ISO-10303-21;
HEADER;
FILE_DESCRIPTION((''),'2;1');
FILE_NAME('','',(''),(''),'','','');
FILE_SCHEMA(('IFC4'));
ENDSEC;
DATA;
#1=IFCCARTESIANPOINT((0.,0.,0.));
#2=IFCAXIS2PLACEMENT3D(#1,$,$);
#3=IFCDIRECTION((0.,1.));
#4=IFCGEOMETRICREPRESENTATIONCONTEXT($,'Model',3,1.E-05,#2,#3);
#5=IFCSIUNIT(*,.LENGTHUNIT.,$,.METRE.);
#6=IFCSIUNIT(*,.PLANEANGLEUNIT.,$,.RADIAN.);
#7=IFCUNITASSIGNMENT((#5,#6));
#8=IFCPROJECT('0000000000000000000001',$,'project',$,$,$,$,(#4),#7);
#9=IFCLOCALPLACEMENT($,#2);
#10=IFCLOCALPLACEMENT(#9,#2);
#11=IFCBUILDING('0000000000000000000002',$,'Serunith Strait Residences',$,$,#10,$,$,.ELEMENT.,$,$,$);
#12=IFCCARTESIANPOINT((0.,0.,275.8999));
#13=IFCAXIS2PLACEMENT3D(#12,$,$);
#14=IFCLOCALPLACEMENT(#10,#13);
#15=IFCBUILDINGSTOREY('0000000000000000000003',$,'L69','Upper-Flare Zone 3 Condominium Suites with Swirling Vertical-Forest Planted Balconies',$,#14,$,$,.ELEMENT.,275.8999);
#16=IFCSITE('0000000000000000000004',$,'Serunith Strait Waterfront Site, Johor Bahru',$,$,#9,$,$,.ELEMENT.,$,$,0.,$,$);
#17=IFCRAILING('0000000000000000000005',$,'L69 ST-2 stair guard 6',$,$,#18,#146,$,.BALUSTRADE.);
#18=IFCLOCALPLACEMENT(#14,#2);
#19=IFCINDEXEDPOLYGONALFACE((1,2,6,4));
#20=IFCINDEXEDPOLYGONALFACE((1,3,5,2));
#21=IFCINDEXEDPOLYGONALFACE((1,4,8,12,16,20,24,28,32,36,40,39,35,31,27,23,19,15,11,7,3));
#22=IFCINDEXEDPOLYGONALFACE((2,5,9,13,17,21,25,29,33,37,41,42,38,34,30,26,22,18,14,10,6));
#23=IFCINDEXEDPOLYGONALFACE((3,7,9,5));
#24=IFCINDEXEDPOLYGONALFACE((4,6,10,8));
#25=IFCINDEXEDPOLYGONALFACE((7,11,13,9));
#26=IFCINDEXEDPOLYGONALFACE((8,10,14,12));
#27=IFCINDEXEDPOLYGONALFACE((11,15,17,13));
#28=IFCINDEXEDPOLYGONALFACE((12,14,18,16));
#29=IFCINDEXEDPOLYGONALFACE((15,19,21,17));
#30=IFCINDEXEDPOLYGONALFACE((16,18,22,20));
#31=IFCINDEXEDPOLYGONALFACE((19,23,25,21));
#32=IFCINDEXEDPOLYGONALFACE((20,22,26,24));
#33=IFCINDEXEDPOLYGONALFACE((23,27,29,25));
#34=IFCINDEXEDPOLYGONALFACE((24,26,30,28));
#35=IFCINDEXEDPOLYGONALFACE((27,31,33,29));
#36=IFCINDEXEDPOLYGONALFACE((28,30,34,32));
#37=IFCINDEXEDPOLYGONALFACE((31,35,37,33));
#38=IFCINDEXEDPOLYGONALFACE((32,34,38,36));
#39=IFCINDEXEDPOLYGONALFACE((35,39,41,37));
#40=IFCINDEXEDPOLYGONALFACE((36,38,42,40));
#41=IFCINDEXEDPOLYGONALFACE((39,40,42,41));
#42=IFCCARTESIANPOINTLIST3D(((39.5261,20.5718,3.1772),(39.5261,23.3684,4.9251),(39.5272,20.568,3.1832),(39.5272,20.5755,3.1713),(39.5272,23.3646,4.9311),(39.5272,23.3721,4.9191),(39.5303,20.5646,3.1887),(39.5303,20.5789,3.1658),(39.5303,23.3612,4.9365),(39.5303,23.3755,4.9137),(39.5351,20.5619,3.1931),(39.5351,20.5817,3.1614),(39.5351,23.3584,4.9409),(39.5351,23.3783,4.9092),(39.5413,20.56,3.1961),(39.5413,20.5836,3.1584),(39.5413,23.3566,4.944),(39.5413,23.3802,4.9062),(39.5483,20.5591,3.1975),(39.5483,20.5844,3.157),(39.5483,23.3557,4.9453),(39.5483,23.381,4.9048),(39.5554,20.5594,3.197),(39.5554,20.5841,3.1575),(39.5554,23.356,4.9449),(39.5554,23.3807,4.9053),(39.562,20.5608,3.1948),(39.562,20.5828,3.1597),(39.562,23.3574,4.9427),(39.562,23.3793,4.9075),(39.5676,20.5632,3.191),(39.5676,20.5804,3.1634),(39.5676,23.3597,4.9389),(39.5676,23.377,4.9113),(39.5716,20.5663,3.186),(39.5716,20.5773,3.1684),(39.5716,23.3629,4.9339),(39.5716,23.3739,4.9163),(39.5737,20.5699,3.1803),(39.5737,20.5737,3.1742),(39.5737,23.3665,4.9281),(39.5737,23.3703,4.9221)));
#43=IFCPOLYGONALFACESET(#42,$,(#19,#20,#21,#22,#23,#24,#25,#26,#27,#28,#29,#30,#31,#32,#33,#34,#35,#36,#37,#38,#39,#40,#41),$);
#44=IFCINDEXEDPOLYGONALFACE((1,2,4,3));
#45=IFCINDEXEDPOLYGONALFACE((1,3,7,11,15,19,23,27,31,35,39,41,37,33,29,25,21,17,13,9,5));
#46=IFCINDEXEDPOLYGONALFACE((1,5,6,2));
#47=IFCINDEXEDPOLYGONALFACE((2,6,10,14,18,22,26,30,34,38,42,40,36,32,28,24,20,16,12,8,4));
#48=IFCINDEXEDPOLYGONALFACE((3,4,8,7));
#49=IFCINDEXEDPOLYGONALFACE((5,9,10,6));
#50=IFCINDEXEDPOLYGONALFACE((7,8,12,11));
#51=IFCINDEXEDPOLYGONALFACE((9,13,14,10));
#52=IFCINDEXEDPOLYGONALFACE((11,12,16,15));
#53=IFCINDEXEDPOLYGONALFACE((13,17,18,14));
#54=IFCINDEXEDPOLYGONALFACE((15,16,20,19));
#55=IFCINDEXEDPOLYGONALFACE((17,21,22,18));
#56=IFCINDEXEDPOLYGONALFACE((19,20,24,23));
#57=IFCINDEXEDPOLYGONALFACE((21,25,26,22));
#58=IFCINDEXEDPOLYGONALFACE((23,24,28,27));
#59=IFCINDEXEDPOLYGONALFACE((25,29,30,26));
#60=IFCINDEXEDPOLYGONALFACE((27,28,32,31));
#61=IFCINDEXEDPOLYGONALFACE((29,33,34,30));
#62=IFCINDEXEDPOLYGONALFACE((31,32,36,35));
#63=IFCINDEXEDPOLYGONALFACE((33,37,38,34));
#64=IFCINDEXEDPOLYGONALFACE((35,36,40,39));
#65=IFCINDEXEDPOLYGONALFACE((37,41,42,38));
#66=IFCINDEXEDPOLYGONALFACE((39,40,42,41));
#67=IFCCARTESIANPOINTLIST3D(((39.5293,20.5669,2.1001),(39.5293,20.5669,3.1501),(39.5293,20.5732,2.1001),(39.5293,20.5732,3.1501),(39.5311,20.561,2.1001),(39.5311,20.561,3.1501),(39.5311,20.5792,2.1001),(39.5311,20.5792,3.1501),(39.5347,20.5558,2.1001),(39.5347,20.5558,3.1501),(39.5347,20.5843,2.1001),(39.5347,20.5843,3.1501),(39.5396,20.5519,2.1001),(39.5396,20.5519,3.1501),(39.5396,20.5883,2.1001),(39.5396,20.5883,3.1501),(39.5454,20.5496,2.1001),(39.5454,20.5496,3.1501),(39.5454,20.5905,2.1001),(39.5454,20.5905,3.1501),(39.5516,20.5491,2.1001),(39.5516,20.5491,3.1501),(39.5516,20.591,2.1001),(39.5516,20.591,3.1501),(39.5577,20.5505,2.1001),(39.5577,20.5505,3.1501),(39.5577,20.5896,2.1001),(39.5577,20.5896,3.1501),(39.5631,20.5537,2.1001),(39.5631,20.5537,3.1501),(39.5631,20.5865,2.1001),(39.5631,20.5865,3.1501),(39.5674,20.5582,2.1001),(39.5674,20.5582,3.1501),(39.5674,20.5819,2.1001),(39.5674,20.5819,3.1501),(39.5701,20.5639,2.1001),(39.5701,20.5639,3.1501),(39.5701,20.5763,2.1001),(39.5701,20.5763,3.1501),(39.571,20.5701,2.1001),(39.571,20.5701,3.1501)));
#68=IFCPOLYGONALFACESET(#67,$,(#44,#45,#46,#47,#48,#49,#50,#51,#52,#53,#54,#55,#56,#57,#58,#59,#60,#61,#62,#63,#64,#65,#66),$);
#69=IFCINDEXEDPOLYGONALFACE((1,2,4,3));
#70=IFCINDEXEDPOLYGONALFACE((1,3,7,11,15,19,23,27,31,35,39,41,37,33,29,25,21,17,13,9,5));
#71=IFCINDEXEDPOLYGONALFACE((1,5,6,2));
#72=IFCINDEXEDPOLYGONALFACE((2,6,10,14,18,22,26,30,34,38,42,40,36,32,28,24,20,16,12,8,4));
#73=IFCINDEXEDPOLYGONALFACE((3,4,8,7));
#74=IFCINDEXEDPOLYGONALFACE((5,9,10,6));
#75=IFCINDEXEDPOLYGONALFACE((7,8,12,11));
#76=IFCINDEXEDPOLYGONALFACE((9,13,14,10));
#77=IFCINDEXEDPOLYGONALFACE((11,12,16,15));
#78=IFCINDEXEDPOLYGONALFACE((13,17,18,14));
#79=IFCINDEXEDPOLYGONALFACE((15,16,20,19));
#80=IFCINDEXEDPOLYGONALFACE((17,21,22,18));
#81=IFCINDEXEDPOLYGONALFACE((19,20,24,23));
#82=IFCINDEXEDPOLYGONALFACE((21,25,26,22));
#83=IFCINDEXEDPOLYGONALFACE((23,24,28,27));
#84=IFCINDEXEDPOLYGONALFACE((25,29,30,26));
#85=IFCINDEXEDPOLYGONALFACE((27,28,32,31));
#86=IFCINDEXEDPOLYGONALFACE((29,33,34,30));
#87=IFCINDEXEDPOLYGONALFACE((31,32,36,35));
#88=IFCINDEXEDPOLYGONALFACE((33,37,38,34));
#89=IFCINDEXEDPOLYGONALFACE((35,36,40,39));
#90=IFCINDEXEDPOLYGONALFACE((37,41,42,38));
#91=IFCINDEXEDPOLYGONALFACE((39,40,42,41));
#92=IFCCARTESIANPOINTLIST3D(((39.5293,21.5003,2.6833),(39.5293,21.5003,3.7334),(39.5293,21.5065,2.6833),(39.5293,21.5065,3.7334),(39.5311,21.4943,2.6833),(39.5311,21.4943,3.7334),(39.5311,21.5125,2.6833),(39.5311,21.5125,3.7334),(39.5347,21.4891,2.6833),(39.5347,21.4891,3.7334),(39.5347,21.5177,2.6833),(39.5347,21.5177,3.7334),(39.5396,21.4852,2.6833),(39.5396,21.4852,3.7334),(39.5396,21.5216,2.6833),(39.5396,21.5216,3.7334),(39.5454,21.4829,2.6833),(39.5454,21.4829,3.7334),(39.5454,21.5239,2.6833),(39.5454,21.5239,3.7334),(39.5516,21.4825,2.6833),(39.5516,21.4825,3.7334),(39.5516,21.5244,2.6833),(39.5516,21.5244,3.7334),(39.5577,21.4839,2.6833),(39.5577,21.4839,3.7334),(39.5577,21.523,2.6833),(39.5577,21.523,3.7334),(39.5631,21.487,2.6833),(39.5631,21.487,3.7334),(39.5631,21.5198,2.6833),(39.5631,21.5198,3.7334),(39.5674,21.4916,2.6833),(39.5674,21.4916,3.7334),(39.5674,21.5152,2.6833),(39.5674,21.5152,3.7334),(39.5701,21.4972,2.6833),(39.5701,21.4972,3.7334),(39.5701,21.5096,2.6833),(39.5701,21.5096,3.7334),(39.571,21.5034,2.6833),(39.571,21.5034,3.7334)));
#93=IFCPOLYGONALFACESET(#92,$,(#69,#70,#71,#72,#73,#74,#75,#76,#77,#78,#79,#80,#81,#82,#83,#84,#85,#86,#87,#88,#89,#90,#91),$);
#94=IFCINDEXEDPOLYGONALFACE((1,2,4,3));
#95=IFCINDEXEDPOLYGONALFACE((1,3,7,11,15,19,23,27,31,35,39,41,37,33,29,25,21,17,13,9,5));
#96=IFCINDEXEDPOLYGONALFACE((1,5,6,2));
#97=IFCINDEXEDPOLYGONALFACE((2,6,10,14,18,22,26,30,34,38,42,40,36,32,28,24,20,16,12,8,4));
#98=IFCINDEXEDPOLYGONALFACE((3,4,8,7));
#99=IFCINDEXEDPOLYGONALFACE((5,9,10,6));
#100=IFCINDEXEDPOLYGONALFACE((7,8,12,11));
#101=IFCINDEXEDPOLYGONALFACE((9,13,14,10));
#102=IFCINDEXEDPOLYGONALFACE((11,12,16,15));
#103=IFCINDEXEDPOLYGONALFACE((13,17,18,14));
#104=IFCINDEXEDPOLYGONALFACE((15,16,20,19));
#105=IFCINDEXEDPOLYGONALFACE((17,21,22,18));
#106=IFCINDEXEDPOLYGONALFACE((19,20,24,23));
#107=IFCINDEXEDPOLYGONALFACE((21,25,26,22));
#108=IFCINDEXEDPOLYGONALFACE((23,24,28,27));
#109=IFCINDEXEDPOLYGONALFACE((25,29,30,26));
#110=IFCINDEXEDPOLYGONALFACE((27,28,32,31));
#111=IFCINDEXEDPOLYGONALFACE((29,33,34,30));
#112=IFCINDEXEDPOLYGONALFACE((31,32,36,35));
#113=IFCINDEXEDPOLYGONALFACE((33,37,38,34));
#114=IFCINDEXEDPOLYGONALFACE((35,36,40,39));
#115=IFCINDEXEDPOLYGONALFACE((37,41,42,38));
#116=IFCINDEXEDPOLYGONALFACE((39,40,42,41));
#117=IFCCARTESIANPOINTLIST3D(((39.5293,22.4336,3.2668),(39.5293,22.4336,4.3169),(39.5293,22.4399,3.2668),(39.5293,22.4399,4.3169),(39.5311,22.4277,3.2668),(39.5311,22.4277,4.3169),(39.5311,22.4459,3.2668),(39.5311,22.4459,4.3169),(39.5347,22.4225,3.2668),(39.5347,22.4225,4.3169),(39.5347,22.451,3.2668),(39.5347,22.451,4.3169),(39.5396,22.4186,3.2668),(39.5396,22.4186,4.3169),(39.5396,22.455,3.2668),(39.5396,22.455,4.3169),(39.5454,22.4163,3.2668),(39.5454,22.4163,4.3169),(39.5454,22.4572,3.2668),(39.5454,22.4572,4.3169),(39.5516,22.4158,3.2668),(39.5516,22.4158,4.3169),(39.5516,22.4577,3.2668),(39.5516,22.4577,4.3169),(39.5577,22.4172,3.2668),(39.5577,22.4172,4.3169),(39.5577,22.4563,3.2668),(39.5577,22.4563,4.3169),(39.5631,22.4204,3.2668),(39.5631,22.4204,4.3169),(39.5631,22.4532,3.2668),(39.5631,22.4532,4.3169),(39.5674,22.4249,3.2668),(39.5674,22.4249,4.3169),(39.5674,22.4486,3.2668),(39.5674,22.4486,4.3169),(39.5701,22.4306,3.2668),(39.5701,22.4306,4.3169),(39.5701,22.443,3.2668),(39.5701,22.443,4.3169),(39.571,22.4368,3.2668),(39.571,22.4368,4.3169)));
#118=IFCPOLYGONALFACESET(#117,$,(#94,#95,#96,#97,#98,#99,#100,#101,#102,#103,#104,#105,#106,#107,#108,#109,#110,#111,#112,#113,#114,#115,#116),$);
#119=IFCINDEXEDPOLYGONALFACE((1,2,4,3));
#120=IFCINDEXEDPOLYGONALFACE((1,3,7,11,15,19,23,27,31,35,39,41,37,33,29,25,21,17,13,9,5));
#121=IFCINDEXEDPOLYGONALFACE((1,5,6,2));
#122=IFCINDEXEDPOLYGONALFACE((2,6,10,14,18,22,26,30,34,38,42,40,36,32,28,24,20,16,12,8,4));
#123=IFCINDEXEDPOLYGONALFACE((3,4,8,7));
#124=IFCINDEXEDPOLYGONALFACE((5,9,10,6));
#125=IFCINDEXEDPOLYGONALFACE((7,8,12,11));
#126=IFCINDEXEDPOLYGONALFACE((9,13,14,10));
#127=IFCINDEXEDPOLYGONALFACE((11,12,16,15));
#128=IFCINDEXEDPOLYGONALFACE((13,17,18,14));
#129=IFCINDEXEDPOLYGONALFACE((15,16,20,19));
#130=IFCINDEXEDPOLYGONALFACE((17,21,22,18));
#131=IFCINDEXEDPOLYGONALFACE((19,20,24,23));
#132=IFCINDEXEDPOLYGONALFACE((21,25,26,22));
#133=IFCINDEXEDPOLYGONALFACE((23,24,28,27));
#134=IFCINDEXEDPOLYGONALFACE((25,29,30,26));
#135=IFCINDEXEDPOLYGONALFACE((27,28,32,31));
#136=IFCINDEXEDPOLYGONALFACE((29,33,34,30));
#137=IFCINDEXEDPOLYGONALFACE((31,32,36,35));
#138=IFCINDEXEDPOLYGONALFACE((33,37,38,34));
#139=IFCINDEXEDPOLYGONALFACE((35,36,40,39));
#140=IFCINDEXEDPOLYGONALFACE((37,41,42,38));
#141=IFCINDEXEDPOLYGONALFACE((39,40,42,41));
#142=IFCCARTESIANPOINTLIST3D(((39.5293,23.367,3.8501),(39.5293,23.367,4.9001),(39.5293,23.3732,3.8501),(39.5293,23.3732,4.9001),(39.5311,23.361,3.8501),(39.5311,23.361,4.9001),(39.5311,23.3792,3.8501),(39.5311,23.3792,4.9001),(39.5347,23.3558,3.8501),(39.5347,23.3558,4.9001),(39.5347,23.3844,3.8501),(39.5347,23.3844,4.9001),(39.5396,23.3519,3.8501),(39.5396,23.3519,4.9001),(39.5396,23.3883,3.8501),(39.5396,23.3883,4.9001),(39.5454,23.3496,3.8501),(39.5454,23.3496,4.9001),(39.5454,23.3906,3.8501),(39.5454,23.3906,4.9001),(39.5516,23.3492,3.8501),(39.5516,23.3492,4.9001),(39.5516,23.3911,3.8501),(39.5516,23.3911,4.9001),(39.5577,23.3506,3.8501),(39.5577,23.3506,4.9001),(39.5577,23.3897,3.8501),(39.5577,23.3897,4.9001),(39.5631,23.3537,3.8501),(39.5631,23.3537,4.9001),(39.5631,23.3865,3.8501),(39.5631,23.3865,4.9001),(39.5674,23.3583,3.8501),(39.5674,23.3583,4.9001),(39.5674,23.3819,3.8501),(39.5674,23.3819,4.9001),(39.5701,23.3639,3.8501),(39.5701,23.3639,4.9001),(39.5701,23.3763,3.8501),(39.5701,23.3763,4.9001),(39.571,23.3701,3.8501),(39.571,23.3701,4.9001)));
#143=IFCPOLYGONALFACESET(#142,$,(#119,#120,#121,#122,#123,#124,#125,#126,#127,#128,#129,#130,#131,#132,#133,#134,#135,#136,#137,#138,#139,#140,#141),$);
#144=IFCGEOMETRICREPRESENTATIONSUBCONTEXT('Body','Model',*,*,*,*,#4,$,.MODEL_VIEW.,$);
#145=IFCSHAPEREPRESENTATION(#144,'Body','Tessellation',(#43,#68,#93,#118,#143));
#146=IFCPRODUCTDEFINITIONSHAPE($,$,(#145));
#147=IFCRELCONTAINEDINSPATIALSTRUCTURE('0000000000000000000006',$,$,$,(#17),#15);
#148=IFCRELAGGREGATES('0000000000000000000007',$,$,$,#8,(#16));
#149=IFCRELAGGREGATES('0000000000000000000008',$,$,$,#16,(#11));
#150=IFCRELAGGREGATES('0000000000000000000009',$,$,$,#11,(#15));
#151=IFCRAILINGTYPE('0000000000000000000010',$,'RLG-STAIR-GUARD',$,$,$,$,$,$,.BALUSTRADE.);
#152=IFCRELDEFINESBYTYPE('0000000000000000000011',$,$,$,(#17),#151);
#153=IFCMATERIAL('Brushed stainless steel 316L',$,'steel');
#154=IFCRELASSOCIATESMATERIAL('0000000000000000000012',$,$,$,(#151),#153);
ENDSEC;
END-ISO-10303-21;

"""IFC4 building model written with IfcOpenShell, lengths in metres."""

from ifc_helpers import new_model, si_unit, direction, frame, origin, origin_2d, place, context, subcontext, project, spatial, circle, extrude, material, type_object, element, save


model = new_model("IFC4")

# Units and contexts
model_context = context("Model", 3, precision=1e-05, world=origin(), true_north=direction((0.0, 1.0)))
body_context = subcontext(model_context, "Body", "Model", "MODEL_VIEW")
ifc_project = project(units=[si_unit("LENGTHUNIT", "METRE"), si_unit("PLANEANGLEUNIT", "RADIAN")], contexts=[model_context])

# Site, building, storey
site_placement = place(None, origin())
site = spatial("IfcSite", under=ifc_project, at=site_placement, Name="Serunith Strait Waterfront Site, Johor Bahru", CompositionType="ELEMENT", RefElevation=0.0)
building_placement = place(site_placement, origin())
building = spatial("IfcBuilding", under=site, at=building_placement, Name="Serunith Strait Residences", CompositionType="ELEMENT")
storey_placement = place(building_placement, frame((0.0, 0.0, 275.8999)))
storey = spatial("IfcBuildingStorey", under=building, at=storey_placement, Name="L69", Description="Upper-Flare Zone 3 Condominium Suites with Swirling Vertical-Forest Planted Balconies", CompositionType="ELEMENT", Elevation=275.8999)

# Railing
ifc_material_1 = material(Name="Brushed stainless steel 316L", Category="steel")
railing_type_1 = type_object("IfcRailingType", Name="RLG-STAIR-GUARD", PredefinedType="BALUSTRADE", material=ifc_material_1)
railing_1_placement = place(storey_placement, frame((39.55, 20.5701, 2.1001)))
element("IfcRailing", 1, at=railing_1_placement, inside=storey, type_object=railing_type_1, Name="L69 ST-2 stair guard 6", PredefinedType="BALUSTRADE", context=body_context, shape_type="SweptSolid", body=[
    extrude(circle(Radius=0.0239, at=origin_2d()), frame((0.0, 0.0017, 1.0771), z_axis=(0.0, 0.848002, 0.529992), x_axis=(-1.0, 0.0, 0.0)), (0.0, 0.0, 1.0), 3.2979),
    extrude(circle(Radius=0.021, at=origin_2d()), origin(), (0.0, 0.0, 1.0), 1.05),
    extrude(circle(Radius=0.021, at=origin_2d()), frame((0.0, 0.9333, 0.5833)), (0.0, 0.0, 1.0), 1.05),
    extrude(circle(Radius=0.021, at=origin_2d()), frame((0.0, 1.8667, 1.1667)), (0.0, 0.0, 1.0), 1.05),
    extrude(circle(Radius=0.021, at=origin_2d()), frame((0.0, 2.8, 1.75)), (0.0, 0.0, 1.0), 1.05),
])

save(model, "model.ifc")
